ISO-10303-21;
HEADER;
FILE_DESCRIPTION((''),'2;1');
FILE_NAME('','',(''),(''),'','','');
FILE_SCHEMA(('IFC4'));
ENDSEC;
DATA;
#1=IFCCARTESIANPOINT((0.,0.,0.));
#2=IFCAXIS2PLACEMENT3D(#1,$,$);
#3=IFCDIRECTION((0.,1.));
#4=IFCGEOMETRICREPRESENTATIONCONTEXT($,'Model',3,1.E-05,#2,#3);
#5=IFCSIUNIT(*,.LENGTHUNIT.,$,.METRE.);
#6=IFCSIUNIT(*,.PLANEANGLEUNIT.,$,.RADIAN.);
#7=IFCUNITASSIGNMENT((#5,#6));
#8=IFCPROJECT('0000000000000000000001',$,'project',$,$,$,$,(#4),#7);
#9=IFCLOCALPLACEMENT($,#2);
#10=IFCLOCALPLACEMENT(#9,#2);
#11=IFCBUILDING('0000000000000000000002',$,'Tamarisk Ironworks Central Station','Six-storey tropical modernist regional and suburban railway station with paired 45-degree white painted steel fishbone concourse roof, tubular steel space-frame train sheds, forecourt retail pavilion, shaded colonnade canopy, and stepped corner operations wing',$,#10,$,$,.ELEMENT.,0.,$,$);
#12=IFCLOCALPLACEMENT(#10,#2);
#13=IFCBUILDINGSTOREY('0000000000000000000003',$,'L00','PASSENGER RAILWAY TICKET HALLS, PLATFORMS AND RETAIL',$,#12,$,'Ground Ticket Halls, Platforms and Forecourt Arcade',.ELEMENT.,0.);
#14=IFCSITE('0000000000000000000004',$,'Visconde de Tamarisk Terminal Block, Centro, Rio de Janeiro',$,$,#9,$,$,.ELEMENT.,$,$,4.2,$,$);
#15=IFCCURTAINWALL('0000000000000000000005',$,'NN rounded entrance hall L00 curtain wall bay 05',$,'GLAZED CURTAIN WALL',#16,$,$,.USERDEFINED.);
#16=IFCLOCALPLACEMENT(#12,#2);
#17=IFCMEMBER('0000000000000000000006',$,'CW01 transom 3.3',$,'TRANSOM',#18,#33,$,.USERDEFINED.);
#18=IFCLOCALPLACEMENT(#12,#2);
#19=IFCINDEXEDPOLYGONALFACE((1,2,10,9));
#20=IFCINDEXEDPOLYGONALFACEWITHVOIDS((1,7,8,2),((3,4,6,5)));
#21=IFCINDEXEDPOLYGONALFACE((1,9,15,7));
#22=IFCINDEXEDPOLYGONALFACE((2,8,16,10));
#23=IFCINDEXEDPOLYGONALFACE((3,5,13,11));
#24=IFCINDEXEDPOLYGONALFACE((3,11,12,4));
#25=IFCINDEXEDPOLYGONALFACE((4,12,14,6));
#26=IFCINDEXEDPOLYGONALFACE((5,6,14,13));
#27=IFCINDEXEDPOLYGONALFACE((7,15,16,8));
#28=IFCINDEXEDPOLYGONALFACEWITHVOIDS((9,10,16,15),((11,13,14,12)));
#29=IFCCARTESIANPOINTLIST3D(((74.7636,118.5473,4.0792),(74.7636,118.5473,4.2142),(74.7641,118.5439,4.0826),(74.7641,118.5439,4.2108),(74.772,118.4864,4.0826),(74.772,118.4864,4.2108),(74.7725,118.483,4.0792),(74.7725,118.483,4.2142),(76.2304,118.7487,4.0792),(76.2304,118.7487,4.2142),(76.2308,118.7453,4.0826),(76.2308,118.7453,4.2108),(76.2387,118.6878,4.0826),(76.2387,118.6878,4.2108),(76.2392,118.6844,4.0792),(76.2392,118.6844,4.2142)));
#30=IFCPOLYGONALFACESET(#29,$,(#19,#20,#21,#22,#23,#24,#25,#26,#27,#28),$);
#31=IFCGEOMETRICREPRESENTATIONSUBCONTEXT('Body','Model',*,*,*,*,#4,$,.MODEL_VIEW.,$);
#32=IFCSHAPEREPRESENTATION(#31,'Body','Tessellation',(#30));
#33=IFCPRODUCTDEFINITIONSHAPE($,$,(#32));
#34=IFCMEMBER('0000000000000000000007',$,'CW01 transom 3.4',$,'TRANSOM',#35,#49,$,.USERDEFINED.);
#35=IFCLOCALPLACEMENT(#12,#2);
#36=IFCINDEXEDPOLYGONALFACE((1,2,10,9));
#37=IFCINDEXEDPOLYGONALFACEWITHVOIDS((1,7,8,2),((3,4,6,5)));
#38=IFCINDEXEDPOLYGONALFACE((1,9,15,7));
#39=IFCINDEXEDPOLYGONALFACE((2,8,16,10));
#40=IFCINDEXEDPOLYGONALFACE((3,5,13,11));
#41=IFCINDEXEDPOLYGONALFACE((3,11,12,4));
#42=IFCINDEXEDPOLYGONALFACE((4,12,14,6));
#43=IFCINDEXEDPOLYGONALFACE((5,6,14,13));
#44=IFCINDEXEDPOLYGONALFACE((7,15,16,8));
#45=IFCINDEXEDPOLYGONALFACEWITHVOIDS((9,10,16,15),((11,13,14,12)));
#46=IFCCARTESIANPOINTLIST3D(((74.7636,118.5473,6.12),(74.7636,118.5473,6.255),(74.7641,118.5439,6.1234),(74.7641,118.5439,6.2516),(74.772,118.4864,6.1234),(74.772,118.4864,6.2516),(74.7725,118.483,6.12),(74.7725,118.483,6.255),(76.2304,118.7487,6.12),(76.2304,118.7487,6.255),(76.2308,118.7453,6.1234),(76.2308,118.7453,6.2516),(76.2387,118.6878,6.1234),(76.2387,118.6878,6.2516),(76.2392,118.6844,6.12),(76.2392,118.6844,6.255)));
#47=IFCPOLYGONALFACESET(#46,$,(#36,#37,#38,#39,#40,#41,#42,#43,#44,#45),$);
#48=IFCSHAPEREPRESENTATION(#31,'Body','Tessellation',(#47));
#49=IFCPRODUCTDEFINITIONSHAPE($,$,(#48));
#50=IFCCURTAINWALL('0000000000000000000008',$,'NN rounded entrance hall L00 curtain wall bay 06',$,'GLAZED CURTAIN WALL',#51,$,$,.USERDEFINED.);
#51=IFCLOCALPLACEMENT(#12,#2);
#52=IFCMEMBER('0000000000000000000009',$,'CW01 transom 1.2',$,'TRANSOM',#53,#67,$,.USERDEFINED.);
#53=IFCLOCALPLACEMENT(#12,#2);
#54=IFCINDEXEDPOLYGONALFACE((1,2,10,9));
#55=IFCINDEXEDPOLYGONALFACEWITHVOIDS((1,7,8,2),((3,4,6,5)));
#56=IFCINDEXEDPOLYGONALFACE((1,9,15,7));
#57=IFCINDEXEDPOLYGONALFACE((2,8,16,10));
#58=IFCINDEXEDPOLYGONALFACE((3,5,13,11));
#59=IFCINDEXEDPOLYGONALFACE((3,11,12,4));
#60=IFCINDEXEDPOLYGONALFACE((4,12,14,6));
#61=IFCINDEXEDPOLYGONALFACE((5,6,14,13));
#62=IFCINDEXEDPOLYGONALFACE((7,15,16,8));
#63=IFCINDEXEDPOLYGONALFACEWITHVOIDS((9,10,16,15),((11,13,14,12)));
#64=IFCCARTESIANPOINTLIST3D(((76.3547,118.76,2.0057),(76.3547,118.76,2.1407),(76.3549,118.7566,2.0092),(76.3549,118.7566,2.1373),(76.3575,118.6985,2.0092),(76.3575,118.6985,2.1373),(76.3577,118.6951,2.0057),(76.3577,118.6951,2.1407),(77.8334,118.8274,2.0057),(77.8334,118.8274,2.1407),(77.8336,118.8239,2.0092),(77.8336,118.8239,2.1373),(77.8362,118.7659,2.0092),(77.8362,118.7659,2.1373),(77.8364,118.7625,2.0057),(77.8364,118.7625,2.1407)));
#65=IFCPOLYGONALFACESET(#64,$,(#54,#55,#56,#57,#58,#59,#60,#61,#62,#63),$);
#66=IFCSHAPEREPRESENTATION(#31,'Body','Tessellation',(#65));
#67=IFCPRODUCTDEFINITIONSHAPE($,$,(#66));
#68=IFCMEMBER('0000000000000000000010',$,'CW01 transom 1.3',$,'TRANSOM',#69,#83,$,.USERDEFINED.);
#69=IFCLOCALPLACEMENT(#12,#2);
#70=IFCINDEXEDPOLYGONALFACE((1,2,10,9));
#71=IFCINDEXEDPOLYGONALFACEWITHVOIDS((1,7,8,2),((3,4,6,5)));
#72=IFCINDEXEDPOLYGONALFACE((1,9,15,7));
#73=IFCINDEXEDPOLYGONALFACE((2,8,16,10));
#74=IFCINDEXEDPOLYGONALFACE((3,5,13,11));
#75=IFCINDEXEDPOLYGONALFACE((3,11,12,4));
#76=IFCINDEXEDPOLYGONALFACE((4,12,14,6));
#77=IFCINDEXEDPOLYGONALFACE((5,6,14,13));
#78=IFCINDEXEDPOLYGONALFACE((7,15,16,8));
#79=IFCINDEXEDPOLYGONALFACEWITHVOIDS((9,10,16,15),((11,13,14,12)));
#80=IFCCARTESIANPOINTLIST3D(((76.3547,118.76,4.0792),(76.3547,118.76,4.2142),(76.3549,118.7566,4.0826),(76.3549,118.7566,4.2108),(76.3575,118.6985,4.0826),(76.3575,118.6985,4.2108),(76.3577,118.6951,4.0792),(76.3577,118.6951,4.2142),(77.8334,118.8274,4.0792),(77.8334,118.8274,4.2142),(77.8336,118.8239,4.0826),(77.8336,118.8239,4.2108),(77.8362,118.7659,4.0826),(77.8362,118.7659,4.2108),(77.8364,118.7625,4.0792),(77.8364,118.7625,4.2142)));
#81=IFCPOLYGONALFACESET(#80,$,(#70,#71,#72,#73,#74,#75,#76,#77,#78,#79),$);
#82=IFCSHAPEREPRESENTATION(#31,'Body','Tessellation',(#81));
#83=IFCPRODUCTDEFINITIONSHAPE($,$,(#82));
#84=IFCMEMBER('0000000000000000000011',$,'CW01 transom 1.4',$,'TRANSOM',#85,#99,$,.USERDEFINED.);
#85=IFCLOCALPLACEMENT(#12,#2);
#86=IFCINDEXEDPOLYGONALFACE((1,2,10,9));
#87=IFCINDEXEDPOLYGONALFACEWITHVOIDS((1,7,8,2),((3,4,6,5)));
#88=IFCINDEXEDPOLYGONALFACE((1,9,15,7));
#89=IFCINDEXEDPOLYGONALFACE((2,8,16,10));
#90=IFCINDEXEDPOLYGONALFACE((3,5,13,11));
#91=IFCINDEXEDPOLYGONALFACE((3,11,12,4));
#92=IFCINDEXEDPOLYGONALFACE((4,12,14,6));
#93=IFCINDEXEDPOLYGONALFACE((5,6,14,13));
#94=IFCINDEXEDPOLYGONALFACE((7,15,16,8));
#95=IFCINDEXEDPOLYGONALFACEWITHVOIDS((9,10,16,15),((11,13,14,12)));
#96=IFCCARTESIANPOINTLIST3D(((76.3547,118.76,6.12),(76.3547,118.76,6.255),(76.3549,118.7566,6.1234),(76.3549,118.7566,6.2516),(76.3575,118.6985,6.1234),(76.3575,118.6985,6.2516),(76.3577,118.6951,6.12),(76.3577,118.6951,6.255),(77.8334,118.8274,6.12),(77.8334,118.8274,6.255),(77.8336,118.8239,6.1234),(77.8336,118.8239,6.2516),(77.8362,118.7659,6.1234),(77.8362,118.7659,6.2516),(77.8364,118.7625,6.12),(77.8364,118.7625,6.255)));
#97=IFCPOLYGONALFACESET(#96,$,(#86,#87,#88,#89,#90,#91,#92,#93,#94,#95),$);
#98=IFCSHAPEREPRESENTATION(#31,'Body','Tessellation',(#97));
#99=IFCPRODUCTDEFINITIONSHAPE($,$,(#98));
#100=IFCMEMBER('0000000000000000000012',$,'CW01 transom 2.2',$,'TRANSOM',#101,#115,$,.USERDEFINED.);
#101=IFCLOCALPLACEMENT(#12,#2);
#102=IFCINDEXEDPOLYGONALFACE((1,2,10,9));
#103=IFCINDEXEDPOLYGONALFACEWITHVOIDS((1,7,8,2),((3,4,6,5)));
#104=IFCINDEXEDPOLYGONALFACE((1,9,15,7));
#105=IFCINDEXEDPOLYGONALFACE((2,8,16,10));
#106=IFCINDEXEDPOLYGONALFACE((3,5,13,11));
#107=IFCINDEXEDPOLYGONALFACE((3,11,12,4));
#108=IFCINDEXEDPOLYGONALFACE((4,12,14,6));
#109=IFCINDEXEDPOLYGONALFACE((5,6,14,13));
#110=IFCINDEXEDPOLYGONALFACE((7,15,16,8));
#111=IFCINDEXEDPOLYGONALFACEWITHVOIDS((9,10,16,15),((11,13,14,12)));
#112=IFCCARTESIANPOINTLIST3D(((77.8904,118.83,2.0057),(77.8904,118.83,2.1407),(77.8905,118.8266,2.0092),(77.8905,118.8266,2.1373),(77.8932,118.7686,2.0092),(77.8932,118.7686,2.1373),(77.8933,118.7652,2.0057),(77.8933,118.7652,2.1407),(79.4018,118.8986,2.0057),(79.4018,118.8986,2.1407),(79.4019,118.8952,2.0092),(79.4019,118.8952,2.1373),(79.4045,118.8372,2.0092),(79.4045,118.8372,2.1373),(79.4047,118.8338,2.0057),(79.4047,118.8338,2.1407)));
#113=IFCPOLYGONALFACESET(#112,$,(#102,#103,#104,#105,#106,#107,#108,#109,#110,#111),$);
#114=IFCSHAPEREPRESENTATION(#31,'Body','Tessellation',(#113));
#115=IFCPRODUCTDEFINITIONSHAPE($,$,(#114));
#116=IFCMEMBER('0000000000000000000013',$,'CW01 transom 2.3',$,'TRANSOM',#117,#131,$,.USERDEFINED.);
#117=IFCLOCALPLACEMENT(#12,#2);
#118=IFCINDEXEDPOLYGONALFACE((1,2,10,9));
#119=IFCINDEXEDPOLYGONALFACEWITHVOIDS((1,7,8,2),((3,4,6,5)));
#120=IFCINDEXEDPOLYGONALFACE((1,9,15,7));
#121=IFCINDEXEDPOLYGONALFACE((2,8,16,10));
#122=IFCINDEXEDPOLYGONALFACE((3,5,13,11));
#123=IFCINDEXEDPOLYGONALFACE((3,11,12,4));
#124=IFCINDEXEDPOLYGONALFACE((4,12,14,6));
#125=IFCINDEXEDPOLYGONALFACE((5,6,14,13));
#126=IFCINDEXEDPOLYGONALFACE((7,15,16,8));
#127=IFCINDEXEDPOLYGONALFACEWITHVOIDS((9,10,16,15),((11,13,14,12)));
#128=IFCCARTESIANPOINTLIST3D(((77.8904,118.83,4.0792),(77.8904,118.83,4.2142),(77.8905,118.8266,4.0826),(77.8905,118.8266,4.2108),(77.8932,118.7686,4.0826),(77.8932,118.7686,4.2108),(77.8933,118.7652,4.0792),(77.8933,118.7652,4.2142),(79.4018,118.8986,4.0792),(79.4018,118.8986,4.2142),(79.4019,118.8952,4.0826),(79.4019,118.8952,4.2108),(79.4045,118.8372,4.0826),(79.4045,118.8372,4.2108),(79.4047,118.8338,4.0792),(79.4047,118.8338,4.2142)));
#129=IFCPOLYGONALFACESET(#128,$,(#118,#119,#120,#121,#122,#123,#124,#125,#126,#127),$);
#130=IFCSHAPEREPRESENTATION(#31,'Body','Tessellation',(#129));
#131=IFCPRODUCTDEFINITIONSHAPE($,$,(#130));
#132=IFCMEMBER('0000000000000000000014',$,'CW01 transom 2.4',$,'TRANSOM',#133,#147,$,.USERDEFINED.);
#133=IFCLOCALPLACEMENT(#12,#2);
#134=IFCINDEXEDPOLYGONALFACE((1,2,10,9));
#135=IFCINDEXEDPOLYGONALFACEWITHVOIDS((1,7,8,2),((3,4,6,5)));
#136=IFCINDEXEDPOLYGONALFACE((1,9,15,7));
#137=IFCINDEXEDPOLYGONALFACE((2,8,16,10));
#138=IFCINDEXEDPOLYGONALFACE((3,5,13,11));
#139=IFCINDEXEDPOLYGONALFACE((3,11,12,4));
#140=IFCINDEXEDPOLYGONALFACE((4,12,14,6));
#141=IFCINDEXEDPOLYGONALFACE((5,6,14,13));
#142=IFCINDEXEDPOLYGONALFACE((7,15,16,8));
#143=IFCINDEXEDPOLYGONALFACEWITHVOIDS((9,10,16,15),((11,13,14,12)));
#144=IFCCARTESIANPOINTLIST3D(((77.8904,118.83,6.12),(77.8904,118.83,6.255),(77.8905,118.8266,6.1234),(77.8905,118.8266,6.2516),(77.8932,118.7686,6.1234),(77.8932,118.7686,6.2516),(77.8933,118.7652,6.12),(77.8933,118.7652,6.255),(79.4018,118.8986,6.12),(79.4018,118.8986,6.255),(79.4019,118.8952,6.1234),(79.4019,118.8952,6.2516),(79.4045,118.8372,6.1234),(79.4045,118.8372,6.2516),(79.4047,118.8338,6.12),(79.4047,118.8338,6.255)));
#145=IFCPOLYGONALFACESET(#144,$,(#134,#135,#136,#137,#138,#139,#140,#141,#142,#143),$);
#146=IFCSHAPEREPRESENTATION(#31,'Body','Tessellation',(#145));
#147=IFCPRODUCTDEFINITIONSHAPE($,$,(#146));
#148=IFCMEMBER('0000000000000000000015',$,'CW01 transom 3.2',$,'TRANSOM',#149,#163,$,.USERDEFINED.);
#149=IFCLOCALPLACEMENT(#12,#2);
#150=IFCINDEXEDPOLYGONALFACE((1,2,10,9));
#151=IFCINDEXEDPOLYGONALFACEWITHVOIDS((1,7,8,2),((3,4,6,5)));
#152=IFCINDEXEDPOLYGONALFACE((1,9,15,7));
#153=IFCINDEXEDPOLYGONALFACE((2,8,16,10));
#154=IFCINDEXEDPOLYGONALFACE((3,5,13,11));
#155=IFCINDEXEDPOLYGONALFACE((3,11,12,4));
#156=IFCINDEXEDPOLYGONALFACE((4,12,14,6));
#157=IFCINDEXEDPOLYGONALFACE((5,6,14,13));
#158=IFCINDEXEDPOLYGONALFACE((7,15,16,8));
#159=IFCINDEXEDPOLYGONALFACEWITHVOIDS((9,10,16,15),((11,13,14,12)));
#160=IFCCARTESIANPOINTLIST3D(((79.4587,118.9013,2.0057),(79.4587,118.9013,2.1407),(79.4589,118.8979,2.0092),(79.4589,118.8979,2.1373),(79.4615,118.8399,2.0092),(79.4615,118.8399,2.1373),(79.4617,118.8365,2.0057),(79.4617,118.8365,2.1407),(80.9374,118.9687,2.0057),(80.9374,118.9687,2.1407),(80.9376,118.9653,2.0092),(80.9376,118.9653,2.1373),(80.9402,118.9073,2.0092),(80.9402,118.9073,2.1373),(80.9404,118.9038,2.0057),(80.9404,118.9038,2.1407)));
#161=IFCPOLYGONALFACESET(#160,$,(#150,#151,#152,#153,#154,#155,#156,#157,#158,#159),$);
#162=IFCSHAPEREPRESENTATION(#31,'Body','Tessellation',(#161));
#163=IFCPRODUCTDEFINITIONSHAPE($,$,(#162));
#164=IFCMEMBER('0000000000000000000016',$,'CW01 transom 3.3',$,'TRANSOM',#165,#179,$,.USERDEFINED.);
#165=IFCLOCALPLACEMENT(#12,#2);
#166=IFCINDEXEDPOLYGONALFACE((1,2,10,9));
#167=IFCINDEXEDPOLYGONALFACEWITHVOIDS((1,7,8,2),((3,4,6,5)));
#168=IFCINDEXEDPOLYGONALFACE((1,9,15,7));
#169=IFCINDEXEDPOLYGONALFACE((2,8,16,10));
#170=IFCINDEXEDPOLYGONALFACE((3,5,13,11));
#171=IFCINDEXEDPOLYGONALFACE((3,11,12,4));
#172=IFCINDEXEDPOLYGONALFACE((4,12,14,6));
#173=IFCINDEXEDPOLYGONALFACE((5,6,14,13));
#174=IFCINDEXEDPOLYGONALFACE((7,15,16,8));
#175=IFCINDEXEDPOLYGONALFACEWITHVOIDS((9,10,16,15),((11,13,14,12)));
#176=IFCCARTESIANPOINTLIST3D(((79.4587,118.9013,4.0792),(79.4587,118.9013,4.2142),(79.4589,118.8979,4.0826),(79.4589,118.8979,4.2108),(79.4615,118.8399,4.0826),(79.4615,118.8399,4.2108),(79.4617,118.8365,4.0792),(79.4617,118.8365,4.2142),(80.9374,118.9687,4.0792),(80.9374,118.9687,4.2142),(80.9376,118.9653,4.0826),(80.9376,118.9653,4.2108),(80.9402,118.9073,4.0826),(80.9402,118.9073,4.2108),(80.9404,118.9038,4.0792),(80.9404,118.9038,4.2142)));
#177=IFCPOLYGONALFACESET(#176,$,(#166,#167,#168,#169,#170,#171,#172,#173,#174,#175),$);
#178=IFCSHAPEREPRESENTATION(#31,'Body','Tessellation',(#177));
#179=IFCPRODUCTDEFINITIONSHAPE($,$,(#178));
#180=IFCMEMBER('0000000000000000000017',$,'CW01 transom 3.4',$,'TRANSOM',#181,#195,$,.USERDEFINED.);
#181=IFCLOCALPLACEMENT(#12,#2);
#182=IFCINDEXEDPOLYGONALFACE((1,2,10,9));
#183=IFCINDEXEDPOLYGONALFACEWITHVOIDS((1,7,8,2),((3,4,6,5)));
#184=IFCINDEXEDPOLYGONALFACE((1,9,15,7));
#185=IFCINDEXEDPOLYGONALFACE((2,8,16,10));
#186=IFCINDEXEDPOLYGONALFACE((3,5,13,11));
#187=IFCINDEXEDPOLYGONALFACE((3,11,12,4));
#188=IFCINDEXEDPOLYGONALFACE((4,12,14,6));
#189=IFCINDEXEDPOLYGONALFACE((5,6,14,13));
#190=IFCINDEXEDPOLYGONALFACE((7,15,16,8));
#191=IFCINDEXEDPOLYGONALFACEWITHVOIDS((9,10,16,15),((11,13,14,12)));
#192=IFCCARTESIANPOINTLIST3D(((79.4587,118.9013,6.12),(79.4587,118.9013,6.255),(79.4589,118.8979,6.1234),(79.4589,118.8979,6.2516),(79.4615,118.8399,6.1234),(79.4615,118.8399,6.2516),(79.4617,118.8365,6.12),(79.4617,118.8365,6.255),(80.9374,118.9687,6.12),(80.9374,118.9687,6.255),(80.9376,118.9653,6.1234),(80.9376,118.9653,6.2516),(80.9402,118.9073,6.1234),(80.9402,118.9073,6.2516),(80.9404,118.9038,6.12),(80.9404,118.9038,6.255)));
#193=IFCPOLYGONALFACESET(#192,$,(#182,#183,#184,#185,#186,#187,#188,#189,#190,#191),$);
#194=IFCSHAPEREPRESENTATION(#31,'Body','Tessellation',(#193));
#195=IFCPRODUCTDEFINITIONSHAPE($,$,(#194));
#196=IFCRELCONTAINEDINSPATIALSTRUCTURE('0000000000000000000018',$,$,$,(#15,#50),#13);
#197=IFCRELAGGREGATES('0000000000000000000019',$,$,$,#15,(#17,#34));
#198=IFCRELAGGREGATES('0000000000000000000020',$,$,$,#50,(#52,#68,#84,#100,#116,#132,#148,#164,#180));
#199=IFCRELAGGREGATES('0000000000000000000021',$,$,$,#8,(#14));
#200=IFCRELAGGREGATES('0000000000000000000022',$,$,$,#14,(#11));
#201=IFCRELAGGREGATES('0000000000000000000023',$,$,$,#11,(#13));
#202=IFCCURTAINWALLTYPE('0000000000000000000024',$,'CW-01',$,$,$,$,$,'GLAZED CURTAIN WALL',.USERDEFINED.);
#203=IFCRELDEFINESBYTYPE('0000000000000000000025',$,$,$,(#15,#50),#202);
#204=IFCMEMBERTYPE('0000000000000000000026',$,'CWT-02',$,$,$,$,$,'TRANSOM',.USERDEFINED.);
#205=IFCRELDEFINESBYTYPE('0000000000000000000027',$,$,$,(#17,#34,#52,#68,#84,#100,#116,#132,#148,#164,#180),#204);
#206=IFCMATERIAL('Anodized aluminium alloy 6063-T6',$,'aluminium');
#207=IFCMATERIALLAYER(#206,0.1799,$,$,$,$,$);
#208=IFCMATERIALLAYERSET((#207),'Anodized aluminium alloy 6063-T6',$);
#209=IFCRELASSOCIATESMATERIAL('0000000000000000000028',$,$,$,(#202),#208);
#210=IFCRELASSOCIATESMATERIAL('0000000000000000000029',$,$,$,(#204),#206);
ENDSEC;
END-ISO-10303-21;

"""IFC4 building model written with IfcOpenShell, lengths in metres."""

from ifc_helpers import new_model, si_unit, direction, frame, origin, origin_2d, place, context, subcontext, project, spatial, hollow_rectangle, extrude, material, layer, layer_set, material_profile, profile_set, type_object, element, aggregate, save


model = new_model("IFC4")

# Units and contexts
model_context = context("Model", 3, precision=1e-05, world=origin(), true_north=direction((0.0, 1.0)))
body_context = subcontext(model_context, "Body", "Model", "MODEL_VIEW")
ifc_project = project(units=[si_unit("LENGTHUNIT", "METRE"), si_unit("PLANEANGLEUNIT", "RADIAN")], contexts=[model_context])

# Site, building, storey
site_placement = place(None, origin())
site = spatial("IfcSite", under=ifc_project, at=site_placement, Name="Visconde de Tamarisk Terminal Block, Centro, Rio de Janeiro", CompositionType="ELEMENT", RefElevation=4.2)
building_placement = place(site_placement, origin())
building = spatial("IfcBuilding", under=site, at=building_placement, Name="Tamarisk Ironworks Central Station", Description="Six-storey tropical modernist regional and suburban railway station with paired 45-degree white painted steel fishbone concourse roof, tubular steel space-frame train sheds, forecourt retail pavilion, shaded colonnade canopy, and stepped corner operations wing", CompositionType="ELEMENT", ElevationOfRefHeight=0.0)
storey_placement = place(building_placement, origin())
storey = spatial("IfcBuildingStorey", under=building, at=storey_placement, Name="L00", Description="PASSENGER RAILWAY TICKET HALLS, PLATFORMS AND RETAIL", LongName="Ground Ticket Halls, Platforms and Forecourt Arcade", CompositionType="ELEMENT", Elevation=0.0)

# Curtain walls, members
ifc_material_1 = material(Name="Anodized aluminium alloy 6063-T6", Category="aluminium")
ifc_layer_1 = layer(ifc_material_1, 0.1799)
ifc_layer_set_1 = layer_set([ifc_layer_1], Name="Anodized aluminium alloy 6063-T6")
curtain_wall_type = type_object("IfcCurtainWallType", Name="CW-01", ElementType="GLAZED CURTAIN WALL", PredefinedType="USERDEFINED", material=ifc_layer_set_1)
curtain_wall_1_placement = place(storey_placement, origin())
curtain_wall_1 = element("IfcCurtainWall", 1, at=curtain_wall_1_placement, inside=storey, type_object=curtain_wall_type, Name="NN rounded entrance hall L00 curtain wall bay 05", ObjectType="GLAZED CURTAIN WALL", PredefinedType="USERDEFINED")
ifc_material_profile = material_profile(ifc_material_1, hollow_rectangle(XDim=0.0649, YDim=0.135, WallThickness=0.0034, at=origin_2d()), Name="ALUM 135x65")
ifc_profile_set = profile_set([ifc_material_profile], Name="Anodized aluminium alloy 6063-T6")
member_type = type_object("IfcMemberType", Name="CWT-02", ElementType="TRANSOM", PredefinedType="USERDEFINED", material=ifc_profile_set)
member_1_placement = place(storey_placement, frame((74.7681, 118.5151, 4.1467), z_axis=(0.990703, 0.13604, 0.0), x_axis=(-0.13604, 0.990703, 0.0)))
member_1 = element("IfcMember", 2, at=member_1_placement, type_object=member_type, Name="CW01 transom 3.3", ObjectType="TRANSOM", PredefinedType="USERDEFINED", context=body_context, shape_type="SweptSolid", body=[
    extrude(hollow_rectangle(XDim=0.0649, YDim=0.135, WallThickness=0.0034, at=origin_2d()), origin(), (0.0, 0.0, 1.0), 1.4805),
])
member_2_placement = place(storey_placement, frame((74.7681, 118.5151, 6.1875), z_axis=(0.990703, 0.13604, 0.0), x_axis=(-0.13604, 0.990703, 0.0)))
member_2 = element("IfcMember", 3, at=member_2_placement, type_object=member_type, Name="CW01 transom 3.4", ObjectType="TRANSOM", PredefinedType="USERDEFINED", context=body_context, shape_type="SweptSolid", body=[
    extrude(hollow_rectangle(XDim=0.0649, YDim=0.135, WallThickness=0.0034, at=origin_2d()), origin(), (0.0, 0.0, 1.0), 1.4805),
])
curtain_wall_2_placement = place(storey_placement, origin())
curtain_wall_2 = element("IfcCurtainWall", 4, at=curtain_wall_2_placement, inside=storey, type_object=curtain_wall_type, Name="NN rounded entrance hall L00 curtain wall bay 06", ObjectType="GLAZED CURTAIN WALL", PredefinedType="USERDEFINED")
member_3_placement = place(storey_placement, frame((76.3562, 118.7275, 2.0732), z_axis=(0.998963, 0.04552, 0.0), x_axis=(-0.04552, 0.998963, 0.0)))
member_3 = element("IfcMember", 5, at=member_3_placement, type_object=member_type, Name="CW01 transom 1.2", ObjectType="TRANSOM", PredefinedType="USERDEFINED", context=body_context, shape_type="SweptSolid", body=[
    extrude(hollow_rectangle(XDim=0.0649, YDim=0.135, WallThickness=0.0034, at=origin_2d()), origin(), (0.0, 0.0, 1.0), 1.4802),
])
member_4_placement = place(storey_placement, frame((76.3562, 118.7275, 4.1467), z_axis=(0.998963, 0.04552, 0.0), x_axis=(-0.04552, 0.998963, 0.0)))
member_4 = element("IfcMember", 6, at=member_4_placement, type_object=member_type, Name="CW01 transom 1.3", ObjectType="TRANSOM", PredefinedType="USERDEFINED", context=body_context, shape_type="SweptSolid", body=[
    extrude(hollow_rectangle(XDim=0.0649, YDim=0.135, WallThickness=0.0034, at=origin_2d()), origin(), (0.0, 0.0, 1.0), 1.4802),
])
member_5_placement = place(storey_placement, frame((76.3562, 118.7275, 6.1875), z_axis=(0.998963, 0.04552, 0.0), x_axis=(-0.04552, 0.998963, 0.0)))
member_5 = element("IfcMember", 7, at=member_5_placement, type_object=member_type, Name="CW01 transom 1.4", ObjectType="TRANSOM", PredefinedType="USERDEFINED", context=body_context, shape_type="SweptSolid", body=[
    extrude(hollow_rectangle(XDim=0.0649, YDim=0.135, WallThickness=0.0034, at=origin_2d()), origin(), (0.0, 0.0, 1.0), 1.4802),
])
member_6_placement = place(storey_placement, frame((77.8918, 118.7976, 2.0732), z_axis=(0.998972, 0.045342, 0.0), x_axis=(-0.045342, 0.998972, 0.0)))
member_6 = element("IfcMember", 8, at=member_6_placement, type_object=member_type, Name="CW01 transom 2.2", ObjectType="TRANSOM", PredefinedType="USERDEFINED", context=body_context, shape_type="SweptSolid", body=[
    extrude(hollow_rectangle(XDim=0.0649, YDim=0.135, WallThickness=0.0034, at=origin_2d()), origin(), (0.0, 0.0, 1.0), 1.5129),
])
member_7_placement = place(storey_placement, frame((77.8918, 118.7976, 4.1467), z_axis=(0.998972, 0.045342, 0.0), x_axis=(-0.045342, 0.998972, 0.0)))
member_7 = element("IfcMember", 9, at=member_7_placement, type_object=member_type, Name="CW01 transom 2.3", ObjectType="TRANSOM", PredefinedType="USERDEFINED", context=body_context, shape_type="SweptSolid", body=[
    extrude(hollow_rectangle(XDim=0.0649, YDim=0.135, WallThickness=0.0034, at=origin_2d()), origin(), (0.0, 0.0, 1.0), 1.5129),
])
member_8_placement = place(storey_placement, frame((77.8918, 118.7976, 6.1875), z_axis=(0.998972, 0.045342, 0.0), x_axis=(-0.045342, 0.998972, 0.0)))
member_8 = element("IfcMember", 10, at=member_8_placement, type_object=member_type, Name="CW01 transom 2.4", ObjectType="TRANSOM", PredefinedType="USERDEFINED", context=body_context, shape_type="SweptSolid", body=[
    extrude(hollow_rectangle(XDim=0.0649, YDim=0.135, WallThickness=0.0034, at=origin_2d()), origin(), (0.0, 0.0, 1.0), 1.5129),
])
member_9_placement = place(storey_placement, frame((79.4602, 118.8689, 2.0732), z_axis=(0.998963, 0.04552, 0.0), x_axis=(-0.04552, 0.998963, 0.0)))
member_9 = element("IfcMember", 11, at=member_9_placement, type_object=member_type, Name="CW01 transom 3.2", ObjectType="TRANSOM", PredefinedType="USERDEFINED", context=body_context, shape_type="SweptSolid", body=[
    extrude(hollow_rectangle(XDim=0.0649, YDim=0.135, WallThickness=0.0034, at=origin_2d()), origin(), (0.0, 0.0, 1.0), 1.4802),
])
member_10_placement = place(storey_placement, frame((79.4602, 118.8689, 4.1467), z_axis=(0.998963, 0.04552, 0.0), x_axis=(-0.04552, 0.998963, 0.0)))
member_10 = element("IfcMember", 12, at=member_10_placement, type_object=member_type, Name="CW01 transom 3.3", ObjectType="TRANSOM", PredefinedType="USERDEFINED", context=body_context, shape_type="SweptSolid", body=[
    extrude(hollow_rectangle(XDim=0.0649, YDim=0.135, WallThickness=0.0034, at=origin_2d()), origin(), (0.0, 0.0, 1.0), 1.4802),
])
member_11_placement = place(storey_placement, frame((79.4602, 118.8689, 6.1875), z_axis=(0.998963, 0.04552, 0.0), x_axis=(-0.04552, 0.998963, 0.0)))
member_11 = element("IfcMember", 13, at=member_11_placement, type_object=member_type, Name="CW01 transom 3.4", ObjectType="TRANSOM", PredefinedType="USERDEFINED", context=body_context, shape_type="SweptSolid", body=[
    extrude(hollow_rectangle(XDim=0.0649, YDim=0.135, WallThickness=0.0034, at=origin_2d()), origin(), (0.0, 0.0, 1.0), 1.4802),
])

aggregate(curtain_wall_1, [member_1, member_2])
aggregate(curtain_wall_2, [member_3, member_4, member_5, member_6, member_7, member_8, member_9, member_10, member_11])

save(model, "model.ifc")
